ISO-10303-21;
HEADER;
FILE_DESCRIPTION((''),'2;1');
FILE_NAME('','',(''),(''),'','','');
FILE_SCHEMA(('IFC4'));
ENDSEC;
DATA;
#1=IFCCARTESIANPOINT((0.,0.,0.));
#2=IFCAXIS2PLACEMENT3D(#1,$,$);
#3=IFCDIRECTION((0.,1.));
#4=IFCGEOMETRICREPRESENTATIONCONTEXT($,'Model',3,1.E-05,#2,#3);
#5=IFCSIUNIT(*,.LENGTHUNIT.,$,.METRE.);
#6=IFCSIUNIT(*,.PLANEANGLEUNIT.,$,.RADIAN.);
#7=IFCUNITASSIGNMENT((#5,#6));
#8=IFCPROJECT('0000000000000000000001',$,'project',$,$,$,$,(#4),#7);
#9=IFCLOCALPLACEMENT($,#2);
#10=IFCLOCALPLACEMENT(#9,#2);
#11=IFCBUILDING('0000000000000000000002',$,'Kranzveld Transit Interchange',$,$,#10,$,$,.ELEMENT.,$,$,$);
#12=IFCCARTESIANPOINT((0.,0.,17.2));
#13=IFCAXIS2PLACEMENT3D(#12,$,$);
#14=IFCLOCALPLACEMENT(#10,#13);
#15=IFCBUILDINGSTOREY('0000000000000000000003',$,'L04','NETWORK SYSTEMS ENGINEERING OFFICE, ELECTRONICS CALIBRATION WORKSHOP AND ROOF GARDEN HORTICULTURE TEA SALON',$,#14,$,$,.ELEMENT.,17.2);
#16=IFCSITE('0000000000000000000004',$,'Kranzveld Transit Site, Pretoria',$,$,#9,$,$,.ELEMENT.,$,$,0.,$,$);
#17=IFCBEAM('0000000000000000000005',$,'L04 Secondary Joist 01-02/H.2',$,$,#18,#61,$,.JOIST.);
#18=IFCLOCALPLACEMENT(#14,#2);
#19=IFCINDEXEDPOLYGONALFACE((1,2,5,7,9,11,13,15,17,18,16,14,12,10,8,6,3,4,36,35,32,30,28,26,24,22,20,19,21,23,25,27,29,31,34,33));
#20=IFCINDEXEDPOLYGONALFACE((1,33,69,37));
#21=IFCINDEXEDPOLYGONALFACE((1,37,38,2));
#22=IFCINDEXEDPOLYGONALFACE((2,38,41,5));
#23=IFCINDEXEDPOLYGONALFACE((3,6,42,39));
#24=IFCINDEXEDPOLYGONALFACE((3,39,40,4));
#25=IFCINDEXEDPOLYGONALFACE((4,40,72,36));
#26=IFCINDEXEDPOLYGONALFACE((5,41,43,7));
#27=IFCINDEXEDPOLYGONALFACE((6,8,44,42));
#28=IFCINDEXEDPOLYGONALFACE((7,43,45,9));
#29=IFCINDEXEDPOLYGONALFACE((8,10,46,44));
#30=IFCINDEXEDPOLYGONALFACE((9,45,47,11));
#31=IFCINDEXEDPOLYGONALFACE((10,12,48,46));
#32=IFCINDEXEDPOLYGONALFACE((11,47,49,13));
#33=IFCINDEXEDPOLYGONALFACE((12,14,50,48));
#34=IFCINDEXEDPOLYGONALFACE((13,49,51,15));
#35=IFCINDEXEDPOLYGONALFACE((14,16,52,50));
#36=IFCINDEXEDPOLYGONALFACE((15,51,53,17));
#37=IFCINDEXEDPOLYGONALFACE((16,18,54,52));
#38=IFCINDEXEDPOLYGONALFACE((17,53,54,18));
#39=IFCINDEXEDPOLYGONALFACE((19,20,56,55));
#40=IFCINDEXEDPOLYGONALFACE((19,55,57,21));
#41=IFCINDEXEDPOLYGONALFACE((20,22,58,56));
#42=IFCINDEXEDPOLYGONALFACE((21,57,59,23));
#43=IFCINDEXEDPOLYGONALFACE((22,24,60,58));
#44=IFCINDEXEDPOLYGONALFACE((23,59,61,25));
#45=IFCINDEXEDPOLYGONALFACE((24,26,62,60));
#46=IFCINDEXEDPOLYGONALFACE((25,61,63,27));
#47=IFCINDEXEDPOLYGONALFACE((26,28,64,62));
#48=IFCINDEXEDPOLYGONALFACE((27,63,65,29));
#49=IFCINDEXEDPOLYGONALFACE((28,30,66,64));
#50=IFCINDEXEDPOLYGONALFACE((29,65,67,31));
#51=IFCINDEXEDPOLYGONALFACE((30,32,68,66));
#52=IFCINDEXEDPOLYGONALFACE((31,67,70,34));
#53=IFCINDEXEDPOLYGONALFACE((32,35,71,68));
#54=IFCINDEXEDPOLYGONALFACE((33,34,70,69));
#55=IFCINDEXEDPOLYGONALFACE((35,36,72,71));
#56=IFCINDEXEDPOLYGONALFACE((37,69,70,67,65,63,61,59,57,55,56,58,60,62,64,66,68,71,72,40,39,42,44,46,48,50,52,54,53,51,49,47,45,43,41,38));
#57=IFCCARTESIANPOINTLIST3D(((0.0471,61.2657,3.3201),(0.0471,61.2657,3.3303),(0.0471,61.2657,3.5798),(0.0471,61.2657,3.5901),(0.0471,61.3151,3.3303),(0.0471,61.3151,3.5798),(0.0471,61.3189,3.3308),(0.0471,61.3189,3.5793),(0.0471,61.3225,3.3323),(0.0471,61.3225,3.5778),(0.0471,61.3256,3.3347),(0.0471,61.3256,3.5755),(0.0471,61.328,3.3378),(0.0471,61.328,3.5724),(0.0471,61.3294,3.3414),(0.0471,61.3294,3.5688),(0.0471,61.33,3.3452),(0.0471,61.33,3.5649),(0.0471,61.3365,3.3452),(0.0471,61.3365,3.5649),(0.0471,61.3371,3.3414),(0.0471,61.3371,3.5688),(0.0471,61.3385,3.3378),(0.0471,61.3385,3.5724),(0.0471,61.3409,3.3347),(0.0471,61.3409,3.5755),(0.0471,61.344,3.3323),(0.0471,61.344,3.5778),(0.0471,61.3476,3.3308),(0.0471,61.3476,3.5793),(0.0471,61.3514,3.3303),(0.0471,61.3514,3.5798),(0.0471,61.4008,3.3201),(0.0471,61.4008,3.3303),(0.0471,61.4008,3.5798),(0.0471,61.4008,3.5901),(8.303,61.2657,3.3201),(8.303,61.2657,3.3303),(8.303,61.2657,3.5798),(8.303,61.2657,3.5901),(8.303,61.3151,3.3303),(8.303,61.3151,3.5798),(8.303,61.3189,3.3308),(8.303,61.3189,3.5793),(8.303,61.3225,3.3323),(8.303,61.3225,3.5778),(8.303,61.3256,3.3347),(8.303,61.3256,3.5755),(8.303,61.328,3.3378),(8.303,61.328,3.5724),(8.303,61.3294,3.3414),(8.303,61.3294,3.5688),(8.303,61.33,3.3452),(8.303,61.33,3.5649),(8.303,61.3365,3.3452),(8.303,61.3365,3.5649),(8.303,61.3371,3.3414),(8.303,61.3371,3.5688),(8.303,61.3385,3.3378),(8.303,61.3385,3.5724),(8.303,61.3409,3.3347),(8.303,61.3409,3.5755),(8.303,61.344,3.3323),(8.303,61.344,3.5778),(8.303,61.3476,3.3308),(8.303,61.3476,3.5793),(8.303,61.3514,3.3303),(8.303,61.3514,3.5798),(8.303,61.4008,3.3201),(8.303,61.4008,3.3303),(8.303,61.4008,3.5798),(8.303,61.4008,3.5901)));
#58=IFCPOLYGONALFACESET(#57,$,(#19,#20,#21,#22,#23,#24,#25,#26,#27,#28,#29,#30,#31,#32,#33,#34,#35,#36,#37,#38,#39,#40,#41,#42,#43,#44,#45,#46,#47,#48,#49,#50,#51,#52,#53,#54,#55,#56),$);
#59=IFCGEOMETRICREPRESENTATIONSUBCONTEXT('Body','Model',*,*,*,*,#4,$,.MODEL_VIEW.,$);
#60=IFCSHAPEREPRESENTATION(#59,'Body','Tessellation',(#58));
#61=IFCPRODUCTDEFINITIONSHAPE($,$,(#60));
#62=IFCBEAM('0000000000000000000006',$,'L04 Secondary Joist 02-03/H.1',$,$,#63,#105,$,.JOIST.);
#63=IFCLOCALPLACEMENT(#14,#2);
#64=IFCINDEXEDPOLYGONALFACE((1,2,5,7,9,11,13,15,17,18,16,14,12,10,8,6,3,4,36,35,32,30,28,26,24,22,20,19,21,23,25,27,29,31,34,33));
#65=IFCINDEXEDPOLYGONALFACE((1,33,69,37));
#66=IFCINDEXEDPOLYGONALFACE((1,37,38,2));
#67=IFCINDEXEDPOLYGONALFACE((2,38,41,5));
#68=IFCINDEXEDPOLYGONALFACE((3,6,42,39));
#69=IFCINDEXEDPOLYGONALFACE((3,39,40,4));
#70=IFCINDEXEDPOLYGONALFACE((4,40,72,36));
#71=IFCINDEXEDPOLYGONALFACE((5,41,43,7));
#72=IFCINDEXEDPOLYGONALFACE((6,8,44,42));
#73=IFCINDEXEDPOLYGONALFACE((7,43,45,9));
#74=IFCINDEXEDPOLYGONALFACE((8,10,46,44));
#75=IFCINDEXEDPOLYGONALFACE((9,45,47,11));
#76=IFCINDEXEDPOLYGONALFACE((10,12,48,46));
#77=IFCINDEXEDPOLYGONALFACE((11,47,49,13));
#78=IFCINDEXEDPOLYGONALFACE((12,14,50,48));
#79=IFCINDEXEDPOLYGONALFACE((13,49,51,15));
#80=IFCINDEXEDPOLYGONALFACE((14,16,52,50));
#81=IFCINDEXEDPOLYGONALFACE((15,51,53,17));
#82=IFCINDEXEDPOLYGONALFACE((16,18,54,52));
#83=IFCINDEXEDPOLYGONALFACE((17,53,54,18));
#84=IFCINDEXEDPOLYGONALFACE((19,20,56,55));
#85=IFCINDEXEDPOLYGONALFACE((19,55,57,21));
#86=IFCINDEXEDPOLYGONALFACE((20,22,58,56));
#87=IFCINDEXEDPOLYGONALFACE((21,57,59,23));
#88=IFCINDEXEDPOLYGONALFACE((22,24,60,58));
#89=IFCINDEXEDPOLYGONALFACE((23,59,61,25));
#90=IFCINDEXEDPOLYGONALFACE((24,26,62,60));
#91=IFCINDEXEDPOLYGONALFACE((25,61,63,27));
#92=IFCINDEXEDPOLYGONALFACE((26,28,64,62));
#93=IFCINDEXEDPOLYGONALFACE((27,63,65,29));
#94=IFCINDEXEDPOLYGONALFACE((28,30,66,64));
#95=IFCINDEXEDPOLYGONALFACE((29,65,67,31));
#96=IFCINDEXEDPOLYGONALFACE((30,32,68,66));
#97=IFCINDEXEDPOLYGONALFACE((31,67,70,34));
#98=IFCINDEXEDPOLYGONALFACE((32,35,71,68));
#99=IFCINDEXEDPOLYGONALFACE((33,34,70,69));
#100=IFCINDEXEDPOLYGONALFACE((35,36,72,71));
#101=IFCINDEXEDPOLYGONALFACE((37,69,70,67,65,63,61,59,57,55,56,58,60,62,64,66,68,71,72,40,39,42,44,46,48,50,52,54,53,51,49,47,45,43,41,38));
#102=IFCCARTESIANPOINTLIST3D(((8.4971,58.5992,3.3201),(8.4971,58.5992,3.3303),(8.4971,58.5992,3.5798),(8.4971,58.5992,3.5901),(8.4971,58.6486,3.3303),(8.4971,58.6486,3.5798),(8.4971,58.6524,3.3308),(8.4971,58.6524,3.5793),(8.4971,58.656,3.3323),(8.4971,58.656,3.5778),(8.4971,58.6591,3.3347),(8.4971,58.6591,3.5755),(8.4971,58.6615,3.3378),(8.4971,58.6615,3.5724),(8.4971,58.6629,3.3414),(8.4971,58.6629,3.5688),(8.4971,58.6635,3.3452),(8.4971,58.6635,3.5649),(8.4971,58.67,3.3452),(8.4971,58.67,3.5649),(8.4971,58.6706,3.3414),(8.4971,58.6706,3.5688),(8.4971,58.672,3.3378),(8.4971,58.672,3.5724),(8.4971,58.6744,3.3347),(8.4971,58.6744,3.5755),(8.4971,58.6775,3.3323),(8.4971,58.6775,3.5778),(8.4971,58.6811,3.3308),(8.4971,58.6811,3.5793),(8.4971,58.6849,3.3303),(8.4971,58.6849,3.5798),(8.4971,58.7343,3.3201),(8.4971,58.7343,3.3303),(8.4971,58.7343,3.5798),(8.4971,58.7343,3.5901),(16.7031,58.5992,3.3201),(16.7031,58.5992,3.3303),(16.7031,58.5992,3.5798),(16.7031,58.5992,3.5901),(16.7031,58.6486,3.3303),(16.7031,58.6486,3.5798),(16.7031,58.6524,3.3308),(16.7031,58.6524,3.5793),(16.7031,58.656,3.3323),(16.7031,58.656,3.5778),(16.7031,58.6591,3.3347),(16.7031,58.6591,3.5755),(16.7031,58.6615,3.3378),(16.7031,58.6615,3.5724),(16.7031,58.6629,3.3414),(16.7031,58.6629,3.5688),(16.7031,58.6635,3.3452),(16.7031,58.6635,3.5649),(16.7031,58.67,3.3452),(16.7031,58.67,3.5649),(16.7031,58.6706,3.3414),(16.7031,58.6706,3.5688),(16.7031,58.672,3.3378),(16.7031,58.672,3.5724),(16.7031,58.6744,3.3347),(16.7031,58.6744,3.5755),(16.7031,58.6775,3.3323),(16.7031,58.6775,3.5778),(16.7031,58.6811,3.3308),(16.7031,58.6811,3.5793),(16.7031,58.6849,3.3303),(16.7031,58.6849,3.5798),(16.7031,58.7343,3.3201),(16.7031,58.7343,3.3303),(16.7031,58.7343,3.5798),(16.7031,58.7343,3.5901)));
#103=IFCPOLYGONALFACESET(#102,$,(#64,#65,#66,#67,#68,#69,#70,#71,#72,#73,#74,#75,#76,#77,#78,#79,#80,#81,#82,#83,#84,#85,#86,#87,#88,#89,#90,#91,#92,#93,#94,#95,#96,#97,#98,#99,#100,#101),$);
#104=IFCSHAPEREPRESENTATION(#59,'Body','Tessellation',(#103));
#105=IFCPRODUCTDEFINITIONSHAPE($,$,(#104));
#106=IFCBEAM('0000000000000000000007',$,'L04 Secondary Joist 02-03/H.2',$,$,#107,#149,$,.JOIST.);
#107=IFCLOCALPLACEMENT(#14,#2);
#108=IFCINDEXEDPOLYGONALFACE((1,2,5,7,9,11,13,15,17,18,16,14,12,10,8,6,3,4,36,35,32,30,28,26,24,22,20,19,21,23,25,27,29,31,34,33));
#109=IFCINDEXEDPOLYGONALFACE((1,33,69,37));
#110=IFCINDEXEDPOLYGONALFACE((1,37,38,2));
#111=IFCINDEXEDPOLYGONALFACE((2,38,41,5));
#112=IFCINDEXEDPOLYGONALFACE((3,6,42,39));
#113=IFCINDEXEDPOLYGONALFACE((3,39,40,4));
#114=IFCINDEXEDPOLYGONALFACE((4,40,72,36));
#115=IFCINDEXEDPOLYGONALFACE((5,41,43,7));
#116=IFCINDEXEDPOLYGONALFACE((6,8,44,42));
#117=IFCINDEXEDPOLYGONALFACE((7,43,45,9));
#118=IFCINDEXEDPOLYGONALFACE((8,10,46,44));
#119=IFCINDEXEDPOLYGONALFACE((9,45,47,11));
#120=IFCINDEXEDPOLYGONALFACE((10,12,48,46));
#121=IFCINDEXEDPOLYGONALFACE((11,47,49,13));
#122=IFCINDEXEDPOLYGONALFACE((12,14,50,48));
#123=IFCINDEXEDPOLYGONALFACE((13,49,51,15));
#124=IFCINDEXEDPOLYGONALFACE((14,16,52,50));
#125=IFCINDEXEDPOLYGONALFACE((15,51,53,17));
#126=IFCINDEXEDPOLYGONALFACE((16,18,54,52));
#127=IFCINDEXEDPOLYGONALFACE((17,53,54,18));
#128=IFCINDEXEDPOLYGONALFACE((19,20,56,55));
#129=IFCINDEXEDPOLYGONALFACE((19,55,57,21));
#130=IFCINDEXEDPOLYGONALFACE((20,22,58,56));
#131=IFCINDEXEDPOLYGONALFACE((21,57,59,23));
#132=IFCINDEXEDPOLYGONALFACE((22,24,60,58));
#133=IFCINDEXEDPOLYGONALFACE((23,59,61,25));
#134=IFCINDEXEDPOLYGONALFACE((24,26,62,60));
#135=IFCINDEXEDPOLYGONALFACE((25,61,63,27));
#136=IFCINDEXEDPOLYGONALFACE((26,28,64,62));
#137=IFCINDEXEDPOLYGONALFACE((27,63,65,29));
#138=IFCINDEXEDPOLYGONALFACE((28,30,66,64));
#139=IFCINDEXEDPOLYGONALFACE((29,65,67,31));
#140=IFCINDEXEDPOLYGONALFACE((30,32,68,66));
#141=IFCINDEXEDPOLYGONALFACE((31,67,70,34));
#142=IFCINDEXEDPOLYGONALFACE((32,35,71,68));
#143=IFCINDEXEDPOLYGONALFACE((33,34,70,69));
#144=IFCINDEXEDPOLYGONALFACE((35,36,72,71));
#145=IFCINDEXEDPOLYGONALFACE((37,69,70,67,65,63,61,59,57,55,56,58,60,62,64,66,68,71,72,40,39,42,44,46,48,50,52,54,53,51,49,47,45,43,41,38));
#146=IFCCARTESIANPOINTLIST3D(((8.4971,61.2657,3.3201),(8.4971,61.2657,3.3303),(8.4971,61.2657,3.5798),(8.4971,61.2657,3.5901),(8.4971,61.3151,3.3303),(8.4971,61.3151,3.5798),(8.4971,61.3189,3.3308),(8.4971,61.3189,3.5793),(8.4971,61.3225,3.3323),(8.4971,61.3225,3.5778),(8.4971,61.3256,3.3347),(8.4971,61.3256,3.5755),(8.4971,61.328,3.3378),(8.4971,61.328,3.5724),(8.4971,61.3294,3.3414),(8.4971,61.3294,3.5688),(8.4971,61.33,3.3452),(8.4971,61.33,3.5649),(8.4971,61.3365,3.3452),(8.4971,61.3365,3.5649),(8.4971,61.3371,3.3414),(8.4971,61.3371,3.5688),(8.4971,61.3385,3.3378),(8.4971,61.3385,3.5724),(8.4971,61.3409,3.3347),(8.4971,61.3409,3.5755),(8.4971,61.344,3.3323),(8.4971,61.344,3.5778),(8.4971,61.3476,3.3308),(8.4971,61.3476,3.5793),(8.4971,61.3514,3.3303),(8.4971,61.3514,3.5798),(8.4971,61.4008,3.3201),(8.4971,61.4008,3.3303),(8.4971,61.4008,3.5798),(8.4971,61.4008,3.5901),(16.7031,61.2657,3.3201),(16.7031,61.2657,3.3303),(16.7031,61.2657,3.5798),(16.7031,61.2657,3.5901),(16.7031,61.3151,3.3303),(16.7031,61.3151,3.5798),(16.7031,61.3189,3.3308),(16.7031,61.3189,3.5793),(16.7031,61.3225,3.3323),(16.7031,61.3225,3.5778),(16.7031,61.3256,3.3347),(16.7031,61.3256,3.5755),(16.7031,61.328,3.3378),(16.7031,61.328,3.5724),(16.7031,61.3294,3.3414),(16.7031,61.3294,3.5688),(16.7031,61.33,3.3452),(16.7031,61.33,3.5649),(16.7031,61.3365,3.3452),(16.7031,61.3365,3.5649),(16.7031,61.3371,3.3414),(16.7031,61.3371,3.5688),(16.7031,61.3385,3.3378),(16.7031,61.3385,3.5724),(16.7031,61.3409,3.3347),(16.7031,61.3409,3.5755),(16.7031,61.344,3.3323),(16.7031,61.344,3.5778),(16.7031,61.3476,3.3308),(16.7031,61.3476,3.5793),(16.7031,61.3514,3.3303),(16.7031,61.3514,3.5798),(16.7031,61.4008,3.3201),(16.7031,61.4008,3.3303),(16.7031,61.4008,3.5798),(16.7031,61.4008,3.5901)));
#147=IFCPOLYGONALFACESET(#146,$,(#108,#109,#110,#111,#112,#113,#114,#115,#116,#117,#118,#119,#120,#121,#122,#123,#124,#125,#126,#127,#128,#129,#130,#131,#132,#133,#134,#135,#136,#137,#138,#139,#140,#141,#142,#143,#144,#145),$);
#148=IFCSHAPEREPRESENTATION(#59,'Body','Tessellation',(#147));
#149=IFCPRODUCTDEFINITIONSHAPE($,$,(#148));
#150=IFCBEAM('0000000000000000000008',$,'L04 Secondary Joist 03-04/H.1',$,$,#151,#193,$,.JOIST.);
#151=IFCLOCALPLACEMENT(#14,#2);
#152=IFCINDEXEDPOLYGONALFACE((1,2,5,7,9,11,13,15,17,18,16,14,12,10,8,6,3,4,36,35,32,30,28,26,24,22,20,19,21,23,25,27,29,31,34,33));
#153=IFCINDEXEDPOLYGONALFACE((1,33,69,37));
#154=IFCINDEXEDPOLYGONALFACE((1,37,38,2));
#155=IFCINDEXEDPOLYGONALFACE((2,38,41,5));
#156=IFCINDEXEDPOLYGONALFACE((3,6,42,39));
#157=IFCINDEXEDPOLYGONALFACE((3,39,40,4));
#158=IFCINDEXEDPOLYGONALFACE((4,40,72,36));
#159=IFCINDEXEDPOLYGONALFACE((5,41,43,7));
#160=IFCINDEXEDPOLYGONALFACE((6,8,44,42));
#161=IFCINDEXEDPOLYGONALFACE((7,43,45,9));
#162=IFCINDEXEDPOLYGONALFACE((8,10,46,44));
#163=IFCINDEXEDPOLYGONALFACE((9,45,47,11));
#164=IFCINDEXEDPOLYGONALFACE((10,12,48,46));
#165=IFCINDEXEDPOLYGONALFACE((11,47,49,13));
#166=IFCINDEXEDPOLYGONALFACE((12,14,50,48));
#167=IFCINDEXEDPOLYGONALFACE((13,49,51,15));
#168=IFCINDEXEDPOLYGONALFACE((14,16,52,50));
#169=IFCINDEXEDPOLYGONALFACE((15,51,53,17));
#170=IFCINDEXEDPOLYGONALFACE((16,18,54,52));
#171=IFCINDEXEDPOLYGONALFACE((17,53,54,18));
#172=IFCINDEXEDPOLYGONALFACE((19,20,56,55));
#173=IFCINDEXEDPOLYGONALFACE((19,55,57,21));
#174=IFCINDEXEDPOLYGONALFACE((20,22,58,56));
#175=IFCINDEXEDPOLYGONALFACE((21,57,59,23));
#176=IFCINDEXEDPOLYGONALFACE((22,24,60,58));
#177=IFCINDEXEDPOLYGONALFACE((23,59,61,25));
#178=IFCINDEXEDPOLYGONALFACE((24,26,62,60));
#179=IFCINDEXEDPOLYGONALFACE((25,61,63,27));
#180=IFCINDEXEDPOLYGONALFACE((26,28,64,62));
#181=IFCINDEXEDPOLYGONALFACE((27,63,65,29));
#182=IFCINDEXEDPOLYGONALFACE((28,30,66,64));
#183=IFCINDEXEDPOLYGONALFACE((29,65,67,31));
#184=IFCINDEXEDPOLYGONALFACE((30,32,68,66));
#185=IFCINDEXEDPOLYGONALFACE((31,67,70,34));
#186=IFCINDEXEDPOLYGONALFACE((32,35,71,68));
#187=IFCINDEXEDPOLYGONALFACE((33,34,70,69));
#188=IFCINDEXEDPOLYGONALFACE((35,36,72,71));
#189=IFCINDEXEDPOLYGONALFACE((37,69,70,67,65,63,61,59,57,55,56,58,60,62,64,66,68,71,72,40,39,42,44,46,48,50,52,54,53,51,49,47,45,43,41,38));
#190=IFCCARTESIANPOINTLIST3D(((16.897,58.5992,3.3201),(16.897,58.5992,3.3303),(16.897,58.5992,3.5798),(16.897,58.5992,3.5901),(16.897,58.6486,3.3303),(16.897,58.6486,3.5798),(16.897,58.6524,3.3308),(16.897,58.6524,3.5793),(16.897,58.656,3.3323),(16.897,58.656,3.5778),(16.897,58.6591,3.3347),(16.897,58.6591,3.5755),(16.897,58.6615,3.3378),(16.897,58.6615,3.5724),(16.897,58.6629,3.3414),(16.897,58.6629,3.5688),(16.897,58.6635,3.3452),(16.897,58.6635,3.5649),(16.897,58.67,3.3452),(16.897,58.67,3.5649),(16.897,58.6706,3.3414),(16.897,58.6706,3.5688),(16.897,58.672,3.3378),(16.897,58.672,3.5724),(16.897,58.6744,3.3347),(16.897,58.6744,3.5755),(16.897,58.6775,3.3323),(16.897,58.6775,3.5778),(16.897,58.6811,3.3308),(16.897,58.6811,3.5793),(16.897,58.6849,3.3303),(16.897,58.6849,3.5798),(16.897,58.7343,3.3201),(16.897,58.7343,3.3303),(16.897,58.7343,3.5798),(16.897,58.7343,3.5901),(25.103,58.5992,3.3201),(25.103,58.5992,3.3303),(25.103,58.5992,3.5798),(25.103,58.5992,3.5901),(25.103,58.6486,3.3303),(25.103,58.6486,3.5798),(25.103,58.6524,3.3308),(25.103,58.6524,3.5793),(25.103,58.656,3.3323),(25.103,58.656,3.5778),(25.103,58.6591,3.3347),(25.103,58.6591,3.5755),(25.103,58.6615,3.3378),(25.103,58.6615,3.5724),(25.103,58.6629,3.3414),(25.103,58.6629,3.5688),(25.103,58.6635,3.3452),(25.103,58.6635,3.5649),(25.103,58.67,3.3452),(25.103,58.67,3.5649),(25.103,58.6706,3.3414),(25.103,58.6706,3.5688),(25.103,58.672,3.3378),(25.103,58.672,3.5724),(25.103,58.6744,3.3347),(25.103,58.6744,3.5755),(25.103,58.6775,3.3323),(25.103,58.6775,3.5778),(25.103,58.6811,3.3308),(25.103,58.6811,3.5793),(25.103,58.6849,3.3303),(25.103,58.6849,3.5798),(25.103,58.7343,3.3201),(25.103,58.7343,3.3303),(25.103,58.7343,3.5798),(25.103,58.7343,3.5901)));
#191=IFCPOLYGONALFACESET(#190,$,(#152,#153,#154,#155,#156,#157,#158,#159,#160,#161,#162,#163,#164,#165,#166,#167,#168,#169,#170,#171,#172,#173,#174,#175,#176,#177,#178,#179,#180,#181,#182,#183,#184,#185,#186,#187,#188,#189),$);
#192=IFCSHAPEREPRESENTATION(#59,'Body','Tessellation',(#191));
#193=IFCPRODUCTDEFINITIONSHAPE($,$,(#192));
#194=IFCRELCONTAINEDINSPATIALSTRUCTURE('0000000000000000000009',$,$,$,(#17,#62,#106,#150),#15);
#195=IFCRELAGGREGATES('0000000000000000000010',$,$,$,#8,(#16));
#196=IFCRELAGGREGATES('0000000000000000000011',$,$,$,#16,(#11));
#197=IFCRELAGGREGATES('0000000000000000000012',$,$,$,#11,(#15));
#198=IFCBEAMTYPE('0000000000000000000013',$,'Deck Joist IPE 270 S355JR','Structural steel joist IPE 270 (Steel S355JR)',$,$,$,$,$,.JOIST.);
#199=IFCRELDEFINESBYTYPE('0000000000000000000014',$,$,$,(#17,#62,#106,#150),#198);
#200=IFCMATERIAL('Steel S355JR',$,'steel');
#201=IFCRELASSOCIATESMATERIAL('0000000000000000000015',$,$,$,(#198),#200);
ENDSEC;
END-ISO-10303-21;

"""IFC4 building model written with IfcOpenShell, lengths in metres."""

from ifc_helpers import new_model, si_unit, direction, frame, origin, origin_2d, place, context, subcontext, project, spatial, i_section, extrude, material, material_profile, profile_set, type_object, element, save


model = new_model("IFC4")

# Units and contexts
model_context = context("Model", 3, precision=1e-05, world=origin(), true_north=direction((0.0, 1.0)))
body_context = subcontext(model_context, "Body", "Model", "MODEL_VIEW")
ifc_project = project(units=[si_unit("LENGTHUNIT", "METRE"), si_unit("PLANEANGLEUNIT", "RADIAN")], contexts=[model_context])

# Site, building, storey
site_placement = place(None, origin())
site = spatial("IfcSite", under=ifc_project, at=site_placement, Name="Kranzveld Transit Site, Pretoria", CompositionType="ELEMENT", RefElevation=0.0)
building_placement = place(site_placement, origin())
building = spatial("IfcBuilding", under=site, at=building_placement, Name="Kranzveld Transit Interchange", CompositionType="ELEMENT")
storey_placement = place(building_placement, frame((0.0, 0.0, 17.2)))
storey = spatial("IfcBuildingStorey", under=building, at=storey_placement, Name="L04", Description="NETWORK SYSTEMS ENGINEERING OFFICE, ELECTRONICS CALIBRATION WORKSHOP AND ROOF GARDEN HORTICULTURE TEA SALON", CompositionType="ELEMENT", Elevation=17.2)

# Beams
ifc_material_1 = material(Name="Steel S355JR", Category="steel")
ifc_material_profile_1 = material_profile(ifc_material_1, i_section(OverallWidth=0.135, OverallDepth=0.27, WebThickness=0.0066, FlangeThickness=0.0103, FilletRadius=0.0149, at=origin_2d()), Name="IPE 270")
ifc_profile_set_1 = profile_set([ifc_material_profile_1], Name="Steel S355JR")
beam_type_1 = type_object("IfcBeamType", Name="Deck Joist IPE 270 S355JR", Description="Structural steel joist IPE 270 (Steel S355JR)", PredefinedType="JOIST", material=ifc_profile_set_1)
for number, where, z_axis, x_axis, name in (
    (1, (0.0471, 61.3333, 3.4551), (1.0, 0.0, 0.0), (0.0, 1.0, 0.0), "L04 Secondary Joist 01-02/H.2"),
):
    element("IfcBeam", number, at=place(storey_placement, frame(where, z_axis=z_axis, x_axis=x_axis)), inside=storey, type_object=beam_type_1, Name=name, PredefinedType="JOIST", context=body_context, shape_type="SweptSolid", body=[
        extrude(i_section(OverallWidth=0.135, OverallDepth=0.27, WebThickness=0.0066, FlangeThickness=0.0103, FilletRadius=0.0149, at=origin_2d()), origin(), (0.0, 0.0, 1.0), 8.2559),
    ])
for number, where, z_axis, x_axis, name in (
    (2, (8.4971, 58.6667, 3.4551), (1.0, 0.0, 0.0), (0.0, 1.0, 0.0), "L04 Secondary Joist 02-03/H.1"),
    (3, (8.4971, 61.3333, 3.4551), (1.0, 0.0, 0.0), (0.0, 1.0, 0.0), "L04 Secondary Joist 02-03/H.2"),
    (4, (16.897, 58.6667, 3.4551), (1.0, 0.0, 0.0), (0.0, 1.0, 0.0), "L04 Secondary Joist 03-04/H.1"),
):
    element("IfcBeam", number, at=place(storey_placement, frame(where, z_axis=z_axis, x_axis=x_axis)), inside=storey, type_object=beam_type_1, Name=name, PredefinedType="JOIST", context=body_context, shape_type="SweptSolid", body=[
        extrude(i_section(OverallWidth=0.135, OverallDepth=0.27, WebThickness=0.0066, FlangeThickness=0.0103, FilletRadius=0.0149, at=origin_2d()), origin(), (0.0, 0.0, 1.0), 8.2061),
    ])

save(model, "model.ifc")
